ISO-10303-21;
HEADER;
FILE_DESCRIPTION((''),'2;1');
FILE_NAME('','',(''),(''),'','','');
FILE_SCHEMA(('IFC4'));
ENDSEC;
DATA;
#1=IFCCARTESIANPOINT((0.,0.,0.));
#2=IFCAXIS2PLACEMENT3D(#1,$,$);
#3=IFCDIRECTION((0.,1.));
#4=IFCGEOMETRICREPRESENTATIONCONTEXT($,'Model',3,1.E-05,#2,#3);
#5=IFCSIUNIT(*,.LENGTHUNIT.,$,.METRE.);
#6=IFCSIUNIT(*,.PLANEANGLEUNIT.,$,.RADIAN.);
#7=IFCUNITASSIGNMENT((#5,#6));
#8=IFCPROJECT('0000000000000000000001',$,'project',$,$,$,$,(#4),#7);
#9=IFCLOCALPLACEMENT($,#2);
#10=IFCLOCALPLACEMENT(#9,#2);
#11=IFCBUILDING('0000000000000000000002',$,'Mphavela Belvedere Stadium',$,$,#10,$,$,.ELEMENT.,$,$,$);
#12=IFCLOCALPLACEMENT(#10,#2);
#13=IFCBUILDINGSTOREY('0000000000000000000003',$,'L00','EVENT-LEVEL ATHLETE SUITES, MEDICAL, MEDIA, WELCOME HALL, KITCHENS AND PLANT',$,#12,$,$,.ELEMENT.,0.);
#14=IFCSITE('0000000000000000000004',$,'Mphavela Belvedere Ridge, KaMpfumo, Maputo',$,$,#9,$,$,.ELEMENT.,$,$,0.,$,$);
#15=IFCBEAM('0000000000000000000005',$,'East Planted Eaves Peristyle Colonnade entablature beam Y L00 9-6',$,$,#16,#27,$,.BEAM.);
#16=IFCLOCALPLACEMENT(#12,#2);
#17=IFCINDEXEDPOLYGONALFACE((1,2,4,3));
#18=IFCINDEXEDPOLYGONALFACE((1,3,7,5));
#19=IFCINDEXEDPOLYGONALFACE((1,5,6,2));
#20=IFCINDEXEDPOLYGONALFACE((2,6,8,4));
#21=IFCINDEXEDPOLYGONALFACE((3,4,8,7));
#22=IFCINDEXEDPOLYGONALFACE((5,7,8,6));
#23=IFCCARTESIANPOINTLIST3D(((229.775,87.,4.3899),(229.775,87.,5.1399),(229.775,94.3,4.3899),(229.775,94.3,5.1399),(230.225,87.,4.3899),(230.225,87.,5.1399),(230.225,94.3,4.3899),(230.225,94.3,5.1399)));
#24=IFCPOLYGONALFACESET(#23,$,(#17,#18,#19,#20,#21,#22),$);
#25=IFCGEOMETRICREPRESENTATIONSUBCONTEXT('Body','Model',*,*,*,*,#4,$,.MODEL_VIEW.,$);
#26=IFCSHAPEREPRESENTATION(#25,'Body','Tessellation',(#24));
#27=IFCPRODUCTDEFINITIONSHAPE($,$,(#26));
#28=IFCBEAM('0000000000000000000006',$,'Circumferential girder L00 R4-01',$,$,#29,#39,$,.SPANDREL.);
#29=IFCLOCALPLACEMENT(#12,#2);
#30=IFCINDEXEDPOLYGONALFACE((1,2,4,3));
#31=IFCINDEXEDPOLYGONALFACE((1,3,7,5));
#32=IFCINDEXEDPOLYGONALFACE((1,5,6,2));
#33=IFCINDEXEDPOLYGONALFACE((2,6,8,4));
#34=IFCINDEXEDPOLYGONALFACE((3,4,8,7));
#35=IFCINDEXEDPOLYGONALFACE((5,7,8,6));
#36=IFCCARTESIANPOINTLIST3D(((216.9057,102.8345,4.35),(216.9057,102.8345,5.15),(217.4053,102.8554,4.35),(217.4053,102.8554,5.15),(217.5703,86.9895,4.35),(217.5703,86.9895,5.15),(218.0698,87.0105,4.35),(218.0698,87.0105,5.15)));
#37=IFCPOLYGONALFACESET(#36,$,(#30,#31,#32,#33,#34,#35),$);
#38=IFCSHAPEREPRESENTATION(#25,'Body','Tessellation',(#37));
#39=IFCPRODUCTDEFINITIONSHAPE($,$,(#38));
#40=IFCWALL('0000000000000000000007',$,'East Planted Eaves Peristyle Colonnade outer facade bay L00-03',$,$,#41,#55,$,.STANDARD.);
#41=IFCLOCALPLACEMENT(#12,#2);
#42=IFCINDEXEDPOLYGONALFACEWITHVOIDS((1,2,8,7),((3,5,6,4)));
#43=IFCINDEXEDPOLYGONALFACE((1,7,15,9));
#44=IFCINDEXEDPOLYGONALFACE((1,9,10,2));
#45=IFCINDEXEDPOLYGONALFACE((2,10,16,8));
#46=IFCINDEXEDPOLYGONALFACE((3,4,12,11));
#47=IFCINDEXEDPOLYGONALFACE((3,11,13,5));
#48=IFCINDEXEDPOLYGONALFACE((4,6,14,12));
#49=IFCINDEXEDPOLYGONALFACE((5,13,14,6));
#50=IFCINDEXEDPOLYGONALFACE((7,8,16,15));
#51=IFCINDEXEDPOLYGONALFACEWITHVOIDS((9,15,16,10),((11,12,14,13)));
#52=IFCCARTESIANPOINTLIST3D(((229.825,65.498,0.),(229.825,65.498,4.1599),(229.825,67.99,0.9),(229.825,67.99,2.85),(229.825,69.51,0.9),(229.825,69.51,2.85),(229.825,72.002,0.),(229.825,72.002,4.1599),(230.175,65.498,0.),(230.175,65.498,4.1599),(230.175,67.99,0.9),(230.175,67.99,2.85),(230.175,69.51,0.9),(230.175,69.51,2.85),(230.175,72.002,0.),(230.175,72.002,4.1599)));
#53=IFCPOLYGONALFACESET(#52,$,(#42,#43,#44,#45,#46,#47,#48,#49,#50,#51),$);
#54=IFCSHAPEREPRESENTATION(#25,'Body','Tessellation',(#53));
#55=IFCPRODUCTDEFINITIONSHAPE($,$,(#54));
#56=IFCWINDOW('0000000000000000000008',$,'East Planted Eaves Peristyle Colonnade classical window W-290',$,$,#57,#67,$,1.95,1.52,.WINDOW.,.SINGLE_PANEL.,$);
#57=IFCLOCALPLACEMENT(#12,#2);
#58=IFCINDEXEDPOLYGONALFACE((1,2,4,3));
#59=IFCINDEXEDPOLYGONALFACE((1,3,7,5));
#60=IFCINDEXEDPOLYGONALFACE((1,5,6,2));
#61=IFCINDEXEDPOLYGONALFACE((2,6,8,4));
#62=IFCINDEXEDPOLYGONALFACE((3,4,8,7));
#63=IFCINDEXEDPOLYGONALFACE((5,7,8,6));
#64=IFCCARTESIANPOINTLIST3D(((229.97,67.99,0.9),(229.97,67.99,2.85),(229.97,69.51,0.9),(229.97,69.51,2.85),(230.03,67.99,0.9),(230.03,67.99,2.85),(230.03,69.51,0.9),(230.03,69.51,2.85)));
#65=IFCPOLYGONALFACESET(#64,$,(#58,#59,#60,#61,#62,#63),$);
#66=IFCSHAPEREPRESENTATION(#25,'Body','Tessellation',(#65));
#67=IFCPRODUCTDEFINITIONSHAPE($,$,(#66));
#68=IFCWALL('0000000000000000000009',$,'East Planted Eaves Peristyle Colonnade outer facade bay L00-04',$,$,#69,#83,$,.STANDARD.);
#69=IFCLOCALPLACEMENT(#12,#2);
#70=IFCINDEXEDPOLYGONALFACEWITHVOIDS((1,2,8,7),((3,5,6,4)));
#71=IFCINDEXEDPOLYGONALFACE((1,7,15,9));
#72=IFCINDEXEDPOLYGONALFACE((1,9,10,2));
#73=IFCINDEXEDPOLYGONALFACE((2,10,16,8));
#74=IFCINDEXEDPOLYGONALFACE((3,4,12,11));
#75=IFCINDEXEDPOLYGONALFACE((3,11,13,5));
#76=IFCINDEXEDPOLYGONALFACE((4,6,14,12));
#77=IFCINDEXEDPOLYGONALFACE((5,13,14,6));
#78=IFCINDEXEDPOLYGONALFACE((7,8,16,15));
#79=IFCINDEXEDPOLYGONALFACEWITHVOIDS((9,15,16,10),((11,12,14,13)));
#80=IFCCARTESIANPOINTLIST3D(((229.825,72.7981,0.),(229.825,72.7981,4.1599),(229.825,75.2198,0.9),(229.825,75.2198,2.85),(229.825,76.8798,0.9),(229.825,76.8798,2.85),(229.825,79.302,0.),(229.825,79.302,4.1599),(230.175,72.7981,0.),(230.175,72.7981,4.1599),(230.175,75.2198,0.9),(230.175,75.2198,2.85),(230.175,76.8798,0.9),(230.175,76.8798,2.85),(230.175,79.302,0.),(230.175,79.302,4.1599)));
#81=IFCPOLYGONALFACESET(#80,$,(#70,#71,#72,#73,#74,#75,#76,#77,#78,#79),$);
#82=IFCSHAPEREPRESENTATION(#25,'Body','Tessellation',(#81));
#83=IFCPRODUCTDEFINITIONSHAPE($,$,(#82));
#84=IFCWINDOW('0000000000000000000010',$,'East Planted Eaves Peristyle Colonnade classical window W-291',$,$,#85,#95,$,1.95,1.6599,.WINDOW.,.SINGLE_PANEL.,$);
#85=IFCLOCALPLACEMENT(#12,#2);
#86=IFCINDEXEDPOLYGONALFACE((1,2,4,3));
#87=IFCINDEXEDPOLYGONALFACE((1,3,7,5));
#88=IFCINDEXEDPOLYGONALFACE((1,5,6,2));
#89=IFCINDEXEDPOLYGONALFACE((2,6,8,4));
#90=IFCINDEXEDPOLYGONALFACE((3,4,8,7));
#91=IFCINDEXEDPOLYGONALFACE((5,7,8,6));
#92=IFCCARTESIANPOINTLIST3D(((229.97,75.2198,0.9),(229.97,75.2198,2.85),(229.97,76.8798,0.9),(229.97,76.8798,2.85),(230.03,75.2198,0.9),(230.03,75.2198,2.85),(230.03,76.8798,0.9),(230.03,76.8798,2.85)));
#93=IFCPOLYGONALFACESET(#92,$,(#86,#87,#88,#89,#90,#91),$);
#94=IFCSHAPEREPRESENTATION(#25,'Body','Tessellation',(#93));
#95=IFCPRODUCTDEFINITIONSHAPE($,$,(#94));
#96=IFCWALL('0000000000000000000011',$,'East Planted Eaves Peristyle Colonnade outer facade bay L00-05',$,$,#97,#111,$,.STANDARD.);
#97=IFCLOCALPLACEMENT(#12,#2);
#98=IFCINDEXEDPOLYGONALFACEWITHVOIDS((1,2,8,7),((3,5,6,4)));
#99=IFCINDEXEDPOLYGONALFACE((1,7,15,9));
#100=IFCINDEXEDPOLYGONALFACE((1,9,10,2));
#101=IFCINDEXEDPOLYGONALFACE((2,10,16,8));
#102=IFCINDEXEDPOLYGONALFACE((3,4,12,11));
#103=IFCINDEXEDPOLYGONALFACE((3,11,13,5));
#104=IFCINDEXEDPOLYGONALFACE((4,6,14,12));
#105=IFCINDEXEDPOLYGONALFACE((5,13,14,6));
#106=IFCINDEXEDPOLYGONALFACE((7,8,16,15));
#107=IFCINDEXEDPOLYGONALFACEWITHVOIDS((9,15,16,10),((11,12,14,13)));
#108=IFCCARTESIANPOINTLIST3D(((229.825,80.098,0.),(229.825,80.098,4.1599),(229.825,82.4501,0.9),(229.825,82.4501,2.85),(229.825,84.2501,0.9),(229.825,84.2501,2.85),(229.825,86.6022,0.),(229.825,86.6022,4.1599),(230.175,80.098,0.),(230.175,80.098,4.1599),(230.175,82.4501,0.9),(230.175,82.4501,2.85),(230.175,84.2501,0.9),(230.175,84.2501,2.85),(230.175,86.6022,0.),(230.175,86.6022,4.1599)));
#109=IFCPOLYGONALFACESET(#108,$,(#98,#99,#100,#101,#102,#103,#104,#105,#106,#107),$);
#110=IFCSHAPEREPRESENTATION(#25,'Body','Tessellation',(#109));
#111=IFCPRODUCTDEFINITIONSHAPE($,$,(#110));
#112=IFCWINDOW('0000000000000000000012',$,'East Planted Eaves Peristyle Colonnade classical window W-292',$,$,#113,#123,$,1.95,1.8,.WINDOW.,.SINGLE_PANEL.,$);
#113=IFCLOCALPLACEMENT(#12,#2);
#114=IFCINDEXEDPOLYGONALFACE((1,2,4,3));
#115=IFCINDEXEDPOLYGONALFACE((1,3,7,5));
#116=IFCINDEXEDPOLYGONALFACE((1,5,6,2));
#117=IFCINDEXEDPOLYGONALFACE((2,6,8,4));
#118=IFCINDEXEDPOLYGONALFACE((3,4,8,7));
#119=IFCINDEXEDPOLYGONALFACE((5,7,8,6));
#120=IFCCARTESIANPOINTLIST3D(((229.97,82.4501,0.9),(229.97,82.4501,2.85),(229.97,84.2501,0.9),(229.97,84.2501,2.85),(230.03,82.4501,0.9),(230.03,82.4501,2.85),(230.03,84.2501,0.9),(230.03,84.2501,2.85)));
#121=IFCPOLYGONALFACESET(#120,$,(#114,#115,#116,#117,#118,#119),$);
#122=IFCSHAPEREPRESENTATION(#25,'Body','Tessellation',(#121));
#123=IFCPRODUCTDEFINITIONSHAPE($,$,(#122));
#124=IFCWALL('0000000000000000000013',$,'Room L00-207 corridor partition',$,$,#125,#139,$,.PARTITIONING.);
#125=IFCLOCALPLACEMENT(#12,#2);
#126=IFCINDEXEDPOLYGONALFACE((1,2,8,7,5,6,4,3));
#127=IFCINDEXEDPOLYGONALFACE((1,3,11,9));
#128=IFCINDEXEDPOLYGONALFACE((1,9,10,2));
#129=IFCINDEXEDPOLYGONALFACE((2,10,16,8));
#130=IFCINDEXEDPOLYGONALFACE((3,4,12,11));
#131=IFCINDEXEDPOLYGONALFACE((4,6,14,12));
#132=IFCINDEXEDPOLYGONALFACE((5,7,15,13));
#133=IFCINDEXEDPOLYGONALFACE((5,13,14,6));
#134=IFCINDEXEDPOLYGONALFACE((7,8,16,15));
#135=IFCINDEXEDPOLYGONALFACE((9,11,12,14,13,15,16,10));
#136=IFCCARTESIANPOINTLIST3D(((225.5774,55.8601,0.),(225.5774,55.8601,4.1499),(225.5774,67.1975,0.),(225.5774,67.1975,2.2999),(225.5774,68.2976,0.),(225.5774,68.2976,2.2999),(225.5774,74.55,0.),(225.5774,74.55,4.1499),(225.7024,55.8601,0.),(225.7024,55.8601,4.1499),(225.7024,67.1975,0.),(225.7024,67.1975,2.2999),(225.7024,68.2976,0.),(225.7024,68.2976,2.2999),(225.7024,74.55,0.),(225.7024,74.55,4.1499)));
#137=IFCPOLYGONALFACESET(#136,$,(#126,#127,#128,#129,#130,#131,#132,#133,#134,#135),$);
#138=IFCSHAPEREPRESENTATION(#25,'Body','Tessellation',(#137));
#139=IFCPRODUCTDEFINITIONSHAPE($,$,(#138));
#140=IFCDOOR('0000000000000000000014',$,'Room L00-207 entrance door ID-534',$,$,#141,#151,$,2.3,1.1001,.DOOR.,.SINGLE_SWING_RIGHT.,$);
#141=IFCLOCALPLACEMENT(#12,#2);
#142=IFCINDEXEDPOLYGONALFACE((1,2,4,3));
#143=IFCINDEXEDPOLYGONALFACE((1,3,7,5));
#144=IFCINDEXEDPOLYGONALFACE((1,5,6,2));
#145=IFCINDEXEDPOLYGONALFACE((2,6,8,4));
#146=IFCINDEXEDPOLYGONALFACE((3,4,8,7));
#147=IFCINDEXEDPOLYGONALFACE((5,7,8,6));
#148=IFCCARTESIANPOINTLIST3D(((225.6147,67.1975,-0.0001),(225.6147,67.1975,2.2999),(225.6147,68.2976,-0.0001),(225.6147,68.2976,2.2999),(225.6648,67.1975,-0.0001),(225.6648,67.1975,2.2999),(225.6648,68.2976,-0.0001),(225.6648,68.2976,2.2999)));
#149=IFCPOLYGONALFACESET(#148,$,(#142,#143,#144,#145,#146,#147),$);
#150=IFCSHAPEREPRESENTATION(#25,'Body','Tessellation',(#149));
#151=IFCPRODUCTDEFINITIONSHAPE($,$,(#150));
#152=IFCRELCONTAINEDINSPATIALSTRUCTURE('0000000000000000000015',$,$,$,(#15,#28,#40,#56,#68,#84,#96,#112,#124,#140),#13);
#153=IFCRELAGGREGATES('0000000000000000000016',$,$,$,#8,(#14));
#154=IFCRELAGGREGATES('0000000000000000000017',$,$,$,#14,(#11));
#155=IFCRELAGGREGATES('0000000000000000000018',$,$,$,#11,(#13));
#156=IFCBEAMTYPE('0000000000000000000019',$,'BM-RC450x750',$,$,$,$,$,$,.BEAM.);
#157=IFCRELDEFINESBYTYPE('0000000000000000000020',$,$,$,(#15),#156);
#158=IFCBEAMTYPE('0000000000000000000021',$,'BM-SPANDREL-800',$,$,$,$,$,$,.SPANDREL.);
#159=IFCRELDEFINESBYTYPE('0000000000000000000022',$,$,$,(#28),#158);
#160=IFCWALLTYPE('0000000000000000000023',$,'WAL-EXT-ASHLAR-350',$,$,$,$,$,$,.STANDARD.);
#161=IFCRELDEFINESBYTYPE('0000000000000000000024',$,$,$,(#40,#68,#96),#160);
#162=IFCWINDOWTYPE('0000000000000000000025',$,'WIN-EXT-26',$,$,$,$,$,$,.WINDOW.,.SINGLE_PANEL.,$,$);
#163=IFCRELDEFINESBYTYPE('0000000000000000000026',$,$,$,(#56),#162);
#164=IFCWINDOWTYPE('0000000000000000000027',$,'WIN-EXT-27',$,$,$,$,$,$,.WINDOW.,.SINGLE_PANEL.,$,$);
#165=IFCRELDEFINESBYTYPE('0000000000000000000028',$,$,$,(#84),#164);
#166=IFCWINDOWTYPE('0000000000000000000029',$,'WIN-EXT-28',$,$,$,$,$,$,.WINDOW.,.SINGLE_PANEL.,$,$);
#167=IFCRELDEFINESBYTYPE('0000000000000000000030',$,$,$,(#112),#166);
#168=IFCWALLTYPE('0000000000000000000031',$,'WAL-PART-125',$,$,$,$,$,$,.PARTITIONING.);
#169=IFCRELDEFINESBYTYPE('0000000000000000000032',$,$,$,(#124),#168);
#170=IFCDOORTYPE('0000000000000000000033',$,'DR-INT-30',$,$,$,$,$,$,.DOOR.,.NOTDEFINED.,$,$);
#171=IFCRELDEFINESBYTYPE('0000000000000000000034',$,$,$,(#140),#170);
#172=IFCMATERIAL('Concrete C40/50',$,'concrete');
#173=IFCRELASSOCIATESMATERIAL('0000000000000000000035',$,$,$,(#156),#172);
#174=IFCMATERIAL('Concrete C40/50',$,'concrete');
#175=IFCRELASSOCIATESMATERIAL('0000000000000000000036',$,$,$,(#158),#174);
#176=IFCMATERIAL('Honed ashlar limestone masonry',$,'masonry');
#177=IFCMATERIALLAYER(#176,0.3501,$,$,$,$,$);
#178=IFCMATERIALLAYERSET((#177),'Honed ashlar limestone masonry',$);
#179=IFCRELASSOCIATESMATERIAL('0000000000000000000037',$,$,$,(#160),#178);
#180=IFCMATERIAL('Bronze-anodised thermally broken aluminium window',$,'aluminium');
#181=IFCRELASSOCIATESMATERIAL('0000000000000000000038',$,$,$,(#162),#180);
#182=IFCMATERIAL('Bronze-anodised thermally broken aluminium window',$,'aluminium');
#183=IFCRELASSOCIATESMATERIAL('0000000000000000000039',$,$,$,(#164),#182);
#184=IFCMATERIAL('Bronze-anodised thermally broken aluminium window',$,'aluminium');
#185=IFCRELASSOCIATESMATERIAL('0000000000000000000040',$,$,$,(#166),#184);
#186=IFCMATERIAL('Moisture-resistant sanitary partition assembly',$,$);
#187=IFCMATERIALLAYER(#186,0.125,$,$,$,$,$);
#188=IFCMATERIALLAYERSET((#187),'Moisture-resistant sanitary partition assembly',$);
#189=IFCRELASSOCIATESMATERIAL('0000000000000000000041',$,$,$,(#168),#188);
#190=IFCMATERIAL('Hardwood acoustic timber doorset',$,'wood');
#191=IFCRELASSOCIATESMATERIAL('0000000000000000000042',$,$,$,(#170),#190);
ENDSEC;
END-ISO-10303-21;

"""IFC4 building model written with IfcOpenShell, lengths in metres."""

from ifc_helpers import new_model, si_unit, direction, frame, frame_2d, origin, origin_2d, place, context, subcontext, project, spatial, rectangle, extrude, material, layer, layer_set, material_profile, profile_set, type_object, element, fill, save


model = new_model("IFC4")

# Units and contexts
model_context = context("Model", 3, precision=1e-05, world=origin(), true_north=direction((0.0, 1.0)))
body_context = subcontext(model_context, "Body", "Model", "MODEL_VIEW")
ifc_project = project(units=[si_unit("LENGTHUNIT", "METRE"), si_unit("PLANEANGLEUNIT", "RADIAN")], contexts=[model_context])

# Site, building, storey
site_placement = place(None, origin())
site = spatial("IfcSite", under=ifc_project, at=site_placement, Name="Mphavela Belvedere Ridge, KaMpfumo, Maputo", CompositionType="ELEMENT", RefElevation=0.0)
building_placement = place(site_placement, origin())
building = spatial("IfcBuilding", under=site, at=building_placement, Name="Mphavela Belvedere Stadium", CompositionType="ELEMENT")
storey_placement = place(building_placement, origin())
storey = spatial("IfcBuildingStorey", under=building, at=storey_placement, Name="L00", Description="EVENT-LEVEL ATHLETE SUITES, MEDICAL, MEDIA, WELCOME HALL, KITCHENS AND PLANT", CompositionType="ELEMENT", Elevation=0.0)

# Beams
ifc_material_1 = material(Name="Concrete C40/50", Category="concrete")
ifc_material_profile_1 = material_profile(ifc_material_1, rectangle(XDim=0.45, YDim=0.75, at=origin_2d()), Name="RC 450x750")
ifc_profile_set_1 = profile_set([ifc_material_profile_1], Name="Concrete C40/50")
beam_type_1 = type_object("IfcBeamType", Name="BM-RC450x750", PredefinedType="BEAM", material=ifc_profile_set_1)
for number, where, z_axis, x_axis, name in (
    (1, (230.0, 87.0, 4.7649), (0.0, 1.0, 0.0), (-1.0, 0.0, 0.0), "East Planted Eaves Peristyle Colonnade entablature beam Y L00 9-6"),
):
    element("IfcBeam", number, at=place(storey_placement, frame(where, z_axis=z_axis, x_axis=x_axis)), inside=storey, type_object=beam_type_1, Name=name, PredefinedType="BEAM", context=body_context, shape_type="SweptSolid", body=[
        extrude(rectangle(XDim=0.45, YDim=0.75, at=origin_2d()), origin(), (0.0, 0.0, 1.0), 7.3),
    ])
ifc_material_2 = material(Name="Concrete C40/50", Category="concrete")
ifc_material_profile_2 = material_profile(ifc_material_2, rectangle(XDim=0.5, YDim=0.8, at=origin_2d()), Name="RC 500x800")
ifc_profile_set_2 = profile_set([ifc_material_profile_2], Name="Concrete C40/50")
beam_type_2 = type_object("IfcBeamType", Name="BM-SPANDREL-800", PredefinedType="SPANDREL", material=ifc_profile_set_2)
beam_1_placement = place(storey_placement, frame((217.8201, 87.0, 4.75), z_axis=(-0.041904, 0.999122, 0.0), x_axis=(-0.999122, -0.041904, 0.0)))
element("IfcBeam", 2, at=beam_1_placement, inside=storey, type_object=beam_type_2, Name="Circumferential girder L00 R4-01", PredefinedType="SPANDREL", context=body_context, shape_type="SweptSolid", body=[
    extrude(rectangle(XDim=0.5, YDim=0.8, at=origin_2d()), origin(), (0.0, 0.0, 1.0), 15.8589),
])

# Walls, openings, windows
ifc_material_3 = material(Name="Honed ashlar limestone masonry", Category="masonry")
ifc_layer_1 = layer(ifc_material_3, 0.3501)
ifc_layer_set_1 = layer_set([ifc_layer_1], Name="Honed ashlar limestone masonry")
wall_type_1 = type_object("IfcWallType", Name="WAL-EXT-ASHLAR-350", PredefinedType="STANDARD", material=ifc_layer_set_1)
wall_1_placement = place(storey_placement, frame((230.0, 72.002, 0.0), z_axis=(0.0, 0.0, 1.0), x_axis=(0.0, -1.0, 0.0)))
wall_1 = element("IfcWall", 3, at=wall_1_placement, inside=storey, type_object=wall_type_1, Name="East Planted Eaves Peristyle Colonnade outer facade bay L00-03", PredefinedType="STANDARD", context=body_context, shape_type="SweptSolid", body=[
    extrude(rectangle(XDim=6.5039, YDim=0.3501, at=frame_2d((3.252, 0.0))), origin(), (0.0, 0.0, 1.0), 4.1599),
])
opening_1_placement = place(wall_1_placement, frame((2.4919, 0.0, 0.8999)))
opening_1 = element("IfcOpeningElement", 4, at=opening_1_placement, cuts=wall_1, PredefinedType="OPENING", context=body_context, shape_type="SweptSolid", body=[
    extrude(rectangle(XDim=1.52, YDim=1.95, at=frame_2d((0.76, 0.9751))), frame((0.0, 0.1851, 0.0), z_axis=(0.0, -1.0, 0.0), x_axis=(1.0, 0.0, 0.0)), (0.0, 0.0, 1.0), 0.3701),
])
ifc_material_4 = material(Name="Bronze-anodised thermally broken aluminium window", Category="aluminium")
window_type_1 = type_object("IfcWindowType", Name="WIN-EXT-26", PartitioningType="SINGLE_PANEL", PredefinedType="WINDOW", material=ifc_material_4)
window_1_placement = place(opening_1_placement, origin())
window_1 = element("IfcWindow", 5, at=window_1_placement, inside=storey, type_object=window_type_1, Name="East Planted Eaves Peristyle Colonnade classical window W-290", OverallHeight=1.95, OverallWidth=1.52, PartitioningType="SINGLE_PANEL", PredefinedType="WINDOW", context=body_context, shape_type="SweptSolid", body=[
    extrude(rectangle(XDim=1.52, YDim=1.95, at=frame_2d((0.76, 0.9751))), frame((0.0, 0.03, 0.0), z_axis=(0.0, -1.0, 0.0), x_axis=(1.0, 0.0, 0.0)), (0.0, 0.0, 1.0), 0.0601),
])
fill(opening_1, window_1)
wall_2_placement = place(storey_placement, frame((230.0, 79.302, 0.0), z_axis=(0.0, 0.0, 1.0), x_axis=(0.0, -1.0, 0.0)))
wall_2 = element("IfcWall", 6, at=wall_2_placement, inside=storey, type_object=wall_type_1, Name="East Planted Eaves Peristyle Colonnade outer facade bay L00-04", PredefinedType="STANDARD", context=body_context, shape_type="SweptSolid", body=[
    extrude(rectangle(XDim=6.5039, YDim=0.3501, at=frame_2d((3.252, 0.0))), origin(), (0.0, 0.0, 1.0), 4.1599),
])
opening_2_placement = place(wall_2_placement, frame((2.4221, 0.0, 0.8999)))
opening_2 = element("IfcOpeningElement", 7, at=opening_2_placement, cuts=wall_2, PredefinedType="OPENING", context=body_context, shape_type="SweptSolid", body=[
    extrude(rectangle(XDim=1.6599, YDim=1.95, at=frame_2d((0.8301, 0.9751))), frame((0.0, 0.1851, 0.0), z_axis=(0.0, -1.0, 0.0), x_axis=(1.0, 0.0, 0.0)), (0.0, 0.0, 1.0), 0.3701),
])
ifc_material_5 = material(Name="Bronze-anodised thermally broken aluminium window", Category="aluminium")
window_type_2 = type_object("IfcWindowType", Name="WIN-EXT-27", PartitioningType="SINGLE_PANEL", PredefinedType="WINDOW", material=ifc_material_5)
window_2_placement = place(opening_2_placement, origin())
window_2 = element("IfcWindow", 8, at=window_2_placement, inside=storey, type_object=window_type_2, Name="East Planted Eaves Peristyle Colonnade classical window W-291", OverallHeight=1.95, OverallWidth=1.6599, PartitioningType="SINGLE_PANEL", PredefinedType="WINDOW", context=body_context, shape_type="SweptSolid", body=[
    extrude(rectangle(XDim=1.6599, YDim=1.95, at=frame_2d((0.8301, 0.9751))), frame((0.0, 0.03, 0.0), z_axis=(0.0, -1.0, 0.0), x_axis=(1.0, 0.0, 0.0)), (0.0, 0.0, 1.0), 0.0601),
])
fill(opening_2, window_2)
wall_3_placement = place(storey_placement, frame((230.0, 86.6021, 0.0), z_axis=(0.0, 0.0, 1.0), x_axis=(0.0, -1.0, 0.0)))
wall_3 = element("IfcWall", 9, at=wall_3_placement, inside=storey, type_object=wall_type_1, Name="East Planted Eaves Peristyle Colonnade outer facade bay L00-05", PredefinedType="STANDARD", context=body_context, shape_type="SweptSolid", body=[
    extrude(rectangle(XDim=6.5042, YDim=0.3501, at=frame_2d((3.252, 0.0))), origin(), (0.0, 0.0, 1.0), 4.1599),
])
opening_3_placement = place(wall_3_placement, frame((2.3521, 0.0, 0.8999)))
opening_3 = element("IfcOpeningElement", 10, at=opening_3_placement, cuts=wall_3, PredefinedType="OPENING", context=body_context, shape_type="SweptSolid", body=[
    extrude(rectangle(XDim=1.8, YDim=1.95, at=frame_2d((0.8999, 0.9751))), frame((0.0, 0.1851, 0.0), z_axis=(0.0, -1.0, 0.0), x_axis=(1.0, 0.0, 0.0)), (0.0, 0.0, 1.0), 0.3701),
])
ifc_material_6 = material(Name="Bronze-anodised thermally broken aluminium window", Category="aluminium")
window_type_3 = type_object("IfcWindowType", Name="WIN-EXT-28", PartitioningType="SINGLE_PANEL", PredefinedType="WINDOW", material=ifc_material_6)
window_3_placement = place(opening_3_placement, origin())
window_3 = element("IfcWindow", 11, at=window_3_placement, inside=storey, type_object=window_type_3, Name="East Planted Eaves Peristyle Colonnade classical window W-292", OverallHeight=1.95, OverallWidth=1.8, PartitioningType="SINGLE_PANEL", PredefinedType="WINDOW", context=body_context, shape_type="SweptSolid", body=[
    extrude(rectangle(XDim=1.8, YDim=1.95, at=frame_2d((0.8999, 0.9751))), frame((0.0, 0.03, 0.0), z_axis=(0.0, -1.0, 0.0), x_axis=(1.0, 0.0, 0.0)), (0.0, 0.0, 1.0), 0.0601),
])
fill(opening_3, window_3)

# Wall, opening, door
ifc_material_7 = material(Name="Moisture-resistant sanitary partition assembly")
ifc_layer_2 = layer(ifc_material_7, 0.125)
ifc_layer_set_2 = layer_set([ifc_layer_2], Name="Moisture-resistant sanitary partition assembly")
wall_type_2 = type_object("IfcWallType", Name="WAL-PART-125", PredefinedType="PARTITIONING", material=ifc_layer_set_2)
wall_4_placement = place(storey_placement, frame((225.6399, 74.55, 0.0), z_axis=(0.0, 0.0, 1.0), x_axis=(0.0, -1.0, 0.0)))
wall_4 = element("IfcWall", 12, at=wall_4_placement, inside=storey, type_object=wall_type_2, Name="Room L00-207 corridor partition", PredefinedType="PARTITIONING", context=body_context, shape_type="SweptSolid", body=[
    extrude(rectangle(XDim=18.6899, YDim=0.125, at=frame_2d((9.345, 0.0))), origin(), (0.0, 0.0, 1.0), 4.1499),
])
opening_4_placement = place(wall_4_placement, frame((6.2524, 0.0, 0.0)))
opening_4 = element("IfcOpeningElement", 13, at=opening_4_placement, cuts=wall_4, PredefinedType="OPENING", context=body_context, shape_type="SweptSolid", body=[
    extrude(rectangle(XDim=1.1001, YDim=2.3, at=frame_2d((0.55, 1.1499))), frame((0.0, 0.0725, 0.0), z_axis=(0.0, -1.0, 0.0), x_axis=(1.0, 0.0, 0.0)), (0.0, 0.0, 1.0), 0.145),
])
ifc_material_8 = material(Name="Hardwood acoustic timber doorset", Category="wood")
door_type_1 = type_object("IfcDoorType", Name="DR-INT-30", OperationType="NOTDEFINED", PredefinedType="DOOR", material=ifc_material_8)
door_1_placement = place(opening_4_placement, origin())
door_1 = element("IfcDoor", 14, at=door_1_placement, inside=storey, type_object=door_type_1, Name="Room L00-207 entrance door ID-534", OperationType="SINGLE_SWING_RIGHT", OverallHeight=2.3, OverallWidth=1.1001, PredefinedType="DOOR", context=body_context, shape_type="SweptSolid", body=[
    extrude(rectangle(XDim=1.1001, YDim=2.3, at=frame_2d((0.55, 1.1499))), frame((0.0, 0.0249, 0.0), z_axis=(0.0, -1.0, 0.0), x_axis=(1.0, 0.0, 0.0)), (0.0, 0.0, 1.0), 0.05),
])
fill(opening_4, door_1)

save(model, "model.ifc")
